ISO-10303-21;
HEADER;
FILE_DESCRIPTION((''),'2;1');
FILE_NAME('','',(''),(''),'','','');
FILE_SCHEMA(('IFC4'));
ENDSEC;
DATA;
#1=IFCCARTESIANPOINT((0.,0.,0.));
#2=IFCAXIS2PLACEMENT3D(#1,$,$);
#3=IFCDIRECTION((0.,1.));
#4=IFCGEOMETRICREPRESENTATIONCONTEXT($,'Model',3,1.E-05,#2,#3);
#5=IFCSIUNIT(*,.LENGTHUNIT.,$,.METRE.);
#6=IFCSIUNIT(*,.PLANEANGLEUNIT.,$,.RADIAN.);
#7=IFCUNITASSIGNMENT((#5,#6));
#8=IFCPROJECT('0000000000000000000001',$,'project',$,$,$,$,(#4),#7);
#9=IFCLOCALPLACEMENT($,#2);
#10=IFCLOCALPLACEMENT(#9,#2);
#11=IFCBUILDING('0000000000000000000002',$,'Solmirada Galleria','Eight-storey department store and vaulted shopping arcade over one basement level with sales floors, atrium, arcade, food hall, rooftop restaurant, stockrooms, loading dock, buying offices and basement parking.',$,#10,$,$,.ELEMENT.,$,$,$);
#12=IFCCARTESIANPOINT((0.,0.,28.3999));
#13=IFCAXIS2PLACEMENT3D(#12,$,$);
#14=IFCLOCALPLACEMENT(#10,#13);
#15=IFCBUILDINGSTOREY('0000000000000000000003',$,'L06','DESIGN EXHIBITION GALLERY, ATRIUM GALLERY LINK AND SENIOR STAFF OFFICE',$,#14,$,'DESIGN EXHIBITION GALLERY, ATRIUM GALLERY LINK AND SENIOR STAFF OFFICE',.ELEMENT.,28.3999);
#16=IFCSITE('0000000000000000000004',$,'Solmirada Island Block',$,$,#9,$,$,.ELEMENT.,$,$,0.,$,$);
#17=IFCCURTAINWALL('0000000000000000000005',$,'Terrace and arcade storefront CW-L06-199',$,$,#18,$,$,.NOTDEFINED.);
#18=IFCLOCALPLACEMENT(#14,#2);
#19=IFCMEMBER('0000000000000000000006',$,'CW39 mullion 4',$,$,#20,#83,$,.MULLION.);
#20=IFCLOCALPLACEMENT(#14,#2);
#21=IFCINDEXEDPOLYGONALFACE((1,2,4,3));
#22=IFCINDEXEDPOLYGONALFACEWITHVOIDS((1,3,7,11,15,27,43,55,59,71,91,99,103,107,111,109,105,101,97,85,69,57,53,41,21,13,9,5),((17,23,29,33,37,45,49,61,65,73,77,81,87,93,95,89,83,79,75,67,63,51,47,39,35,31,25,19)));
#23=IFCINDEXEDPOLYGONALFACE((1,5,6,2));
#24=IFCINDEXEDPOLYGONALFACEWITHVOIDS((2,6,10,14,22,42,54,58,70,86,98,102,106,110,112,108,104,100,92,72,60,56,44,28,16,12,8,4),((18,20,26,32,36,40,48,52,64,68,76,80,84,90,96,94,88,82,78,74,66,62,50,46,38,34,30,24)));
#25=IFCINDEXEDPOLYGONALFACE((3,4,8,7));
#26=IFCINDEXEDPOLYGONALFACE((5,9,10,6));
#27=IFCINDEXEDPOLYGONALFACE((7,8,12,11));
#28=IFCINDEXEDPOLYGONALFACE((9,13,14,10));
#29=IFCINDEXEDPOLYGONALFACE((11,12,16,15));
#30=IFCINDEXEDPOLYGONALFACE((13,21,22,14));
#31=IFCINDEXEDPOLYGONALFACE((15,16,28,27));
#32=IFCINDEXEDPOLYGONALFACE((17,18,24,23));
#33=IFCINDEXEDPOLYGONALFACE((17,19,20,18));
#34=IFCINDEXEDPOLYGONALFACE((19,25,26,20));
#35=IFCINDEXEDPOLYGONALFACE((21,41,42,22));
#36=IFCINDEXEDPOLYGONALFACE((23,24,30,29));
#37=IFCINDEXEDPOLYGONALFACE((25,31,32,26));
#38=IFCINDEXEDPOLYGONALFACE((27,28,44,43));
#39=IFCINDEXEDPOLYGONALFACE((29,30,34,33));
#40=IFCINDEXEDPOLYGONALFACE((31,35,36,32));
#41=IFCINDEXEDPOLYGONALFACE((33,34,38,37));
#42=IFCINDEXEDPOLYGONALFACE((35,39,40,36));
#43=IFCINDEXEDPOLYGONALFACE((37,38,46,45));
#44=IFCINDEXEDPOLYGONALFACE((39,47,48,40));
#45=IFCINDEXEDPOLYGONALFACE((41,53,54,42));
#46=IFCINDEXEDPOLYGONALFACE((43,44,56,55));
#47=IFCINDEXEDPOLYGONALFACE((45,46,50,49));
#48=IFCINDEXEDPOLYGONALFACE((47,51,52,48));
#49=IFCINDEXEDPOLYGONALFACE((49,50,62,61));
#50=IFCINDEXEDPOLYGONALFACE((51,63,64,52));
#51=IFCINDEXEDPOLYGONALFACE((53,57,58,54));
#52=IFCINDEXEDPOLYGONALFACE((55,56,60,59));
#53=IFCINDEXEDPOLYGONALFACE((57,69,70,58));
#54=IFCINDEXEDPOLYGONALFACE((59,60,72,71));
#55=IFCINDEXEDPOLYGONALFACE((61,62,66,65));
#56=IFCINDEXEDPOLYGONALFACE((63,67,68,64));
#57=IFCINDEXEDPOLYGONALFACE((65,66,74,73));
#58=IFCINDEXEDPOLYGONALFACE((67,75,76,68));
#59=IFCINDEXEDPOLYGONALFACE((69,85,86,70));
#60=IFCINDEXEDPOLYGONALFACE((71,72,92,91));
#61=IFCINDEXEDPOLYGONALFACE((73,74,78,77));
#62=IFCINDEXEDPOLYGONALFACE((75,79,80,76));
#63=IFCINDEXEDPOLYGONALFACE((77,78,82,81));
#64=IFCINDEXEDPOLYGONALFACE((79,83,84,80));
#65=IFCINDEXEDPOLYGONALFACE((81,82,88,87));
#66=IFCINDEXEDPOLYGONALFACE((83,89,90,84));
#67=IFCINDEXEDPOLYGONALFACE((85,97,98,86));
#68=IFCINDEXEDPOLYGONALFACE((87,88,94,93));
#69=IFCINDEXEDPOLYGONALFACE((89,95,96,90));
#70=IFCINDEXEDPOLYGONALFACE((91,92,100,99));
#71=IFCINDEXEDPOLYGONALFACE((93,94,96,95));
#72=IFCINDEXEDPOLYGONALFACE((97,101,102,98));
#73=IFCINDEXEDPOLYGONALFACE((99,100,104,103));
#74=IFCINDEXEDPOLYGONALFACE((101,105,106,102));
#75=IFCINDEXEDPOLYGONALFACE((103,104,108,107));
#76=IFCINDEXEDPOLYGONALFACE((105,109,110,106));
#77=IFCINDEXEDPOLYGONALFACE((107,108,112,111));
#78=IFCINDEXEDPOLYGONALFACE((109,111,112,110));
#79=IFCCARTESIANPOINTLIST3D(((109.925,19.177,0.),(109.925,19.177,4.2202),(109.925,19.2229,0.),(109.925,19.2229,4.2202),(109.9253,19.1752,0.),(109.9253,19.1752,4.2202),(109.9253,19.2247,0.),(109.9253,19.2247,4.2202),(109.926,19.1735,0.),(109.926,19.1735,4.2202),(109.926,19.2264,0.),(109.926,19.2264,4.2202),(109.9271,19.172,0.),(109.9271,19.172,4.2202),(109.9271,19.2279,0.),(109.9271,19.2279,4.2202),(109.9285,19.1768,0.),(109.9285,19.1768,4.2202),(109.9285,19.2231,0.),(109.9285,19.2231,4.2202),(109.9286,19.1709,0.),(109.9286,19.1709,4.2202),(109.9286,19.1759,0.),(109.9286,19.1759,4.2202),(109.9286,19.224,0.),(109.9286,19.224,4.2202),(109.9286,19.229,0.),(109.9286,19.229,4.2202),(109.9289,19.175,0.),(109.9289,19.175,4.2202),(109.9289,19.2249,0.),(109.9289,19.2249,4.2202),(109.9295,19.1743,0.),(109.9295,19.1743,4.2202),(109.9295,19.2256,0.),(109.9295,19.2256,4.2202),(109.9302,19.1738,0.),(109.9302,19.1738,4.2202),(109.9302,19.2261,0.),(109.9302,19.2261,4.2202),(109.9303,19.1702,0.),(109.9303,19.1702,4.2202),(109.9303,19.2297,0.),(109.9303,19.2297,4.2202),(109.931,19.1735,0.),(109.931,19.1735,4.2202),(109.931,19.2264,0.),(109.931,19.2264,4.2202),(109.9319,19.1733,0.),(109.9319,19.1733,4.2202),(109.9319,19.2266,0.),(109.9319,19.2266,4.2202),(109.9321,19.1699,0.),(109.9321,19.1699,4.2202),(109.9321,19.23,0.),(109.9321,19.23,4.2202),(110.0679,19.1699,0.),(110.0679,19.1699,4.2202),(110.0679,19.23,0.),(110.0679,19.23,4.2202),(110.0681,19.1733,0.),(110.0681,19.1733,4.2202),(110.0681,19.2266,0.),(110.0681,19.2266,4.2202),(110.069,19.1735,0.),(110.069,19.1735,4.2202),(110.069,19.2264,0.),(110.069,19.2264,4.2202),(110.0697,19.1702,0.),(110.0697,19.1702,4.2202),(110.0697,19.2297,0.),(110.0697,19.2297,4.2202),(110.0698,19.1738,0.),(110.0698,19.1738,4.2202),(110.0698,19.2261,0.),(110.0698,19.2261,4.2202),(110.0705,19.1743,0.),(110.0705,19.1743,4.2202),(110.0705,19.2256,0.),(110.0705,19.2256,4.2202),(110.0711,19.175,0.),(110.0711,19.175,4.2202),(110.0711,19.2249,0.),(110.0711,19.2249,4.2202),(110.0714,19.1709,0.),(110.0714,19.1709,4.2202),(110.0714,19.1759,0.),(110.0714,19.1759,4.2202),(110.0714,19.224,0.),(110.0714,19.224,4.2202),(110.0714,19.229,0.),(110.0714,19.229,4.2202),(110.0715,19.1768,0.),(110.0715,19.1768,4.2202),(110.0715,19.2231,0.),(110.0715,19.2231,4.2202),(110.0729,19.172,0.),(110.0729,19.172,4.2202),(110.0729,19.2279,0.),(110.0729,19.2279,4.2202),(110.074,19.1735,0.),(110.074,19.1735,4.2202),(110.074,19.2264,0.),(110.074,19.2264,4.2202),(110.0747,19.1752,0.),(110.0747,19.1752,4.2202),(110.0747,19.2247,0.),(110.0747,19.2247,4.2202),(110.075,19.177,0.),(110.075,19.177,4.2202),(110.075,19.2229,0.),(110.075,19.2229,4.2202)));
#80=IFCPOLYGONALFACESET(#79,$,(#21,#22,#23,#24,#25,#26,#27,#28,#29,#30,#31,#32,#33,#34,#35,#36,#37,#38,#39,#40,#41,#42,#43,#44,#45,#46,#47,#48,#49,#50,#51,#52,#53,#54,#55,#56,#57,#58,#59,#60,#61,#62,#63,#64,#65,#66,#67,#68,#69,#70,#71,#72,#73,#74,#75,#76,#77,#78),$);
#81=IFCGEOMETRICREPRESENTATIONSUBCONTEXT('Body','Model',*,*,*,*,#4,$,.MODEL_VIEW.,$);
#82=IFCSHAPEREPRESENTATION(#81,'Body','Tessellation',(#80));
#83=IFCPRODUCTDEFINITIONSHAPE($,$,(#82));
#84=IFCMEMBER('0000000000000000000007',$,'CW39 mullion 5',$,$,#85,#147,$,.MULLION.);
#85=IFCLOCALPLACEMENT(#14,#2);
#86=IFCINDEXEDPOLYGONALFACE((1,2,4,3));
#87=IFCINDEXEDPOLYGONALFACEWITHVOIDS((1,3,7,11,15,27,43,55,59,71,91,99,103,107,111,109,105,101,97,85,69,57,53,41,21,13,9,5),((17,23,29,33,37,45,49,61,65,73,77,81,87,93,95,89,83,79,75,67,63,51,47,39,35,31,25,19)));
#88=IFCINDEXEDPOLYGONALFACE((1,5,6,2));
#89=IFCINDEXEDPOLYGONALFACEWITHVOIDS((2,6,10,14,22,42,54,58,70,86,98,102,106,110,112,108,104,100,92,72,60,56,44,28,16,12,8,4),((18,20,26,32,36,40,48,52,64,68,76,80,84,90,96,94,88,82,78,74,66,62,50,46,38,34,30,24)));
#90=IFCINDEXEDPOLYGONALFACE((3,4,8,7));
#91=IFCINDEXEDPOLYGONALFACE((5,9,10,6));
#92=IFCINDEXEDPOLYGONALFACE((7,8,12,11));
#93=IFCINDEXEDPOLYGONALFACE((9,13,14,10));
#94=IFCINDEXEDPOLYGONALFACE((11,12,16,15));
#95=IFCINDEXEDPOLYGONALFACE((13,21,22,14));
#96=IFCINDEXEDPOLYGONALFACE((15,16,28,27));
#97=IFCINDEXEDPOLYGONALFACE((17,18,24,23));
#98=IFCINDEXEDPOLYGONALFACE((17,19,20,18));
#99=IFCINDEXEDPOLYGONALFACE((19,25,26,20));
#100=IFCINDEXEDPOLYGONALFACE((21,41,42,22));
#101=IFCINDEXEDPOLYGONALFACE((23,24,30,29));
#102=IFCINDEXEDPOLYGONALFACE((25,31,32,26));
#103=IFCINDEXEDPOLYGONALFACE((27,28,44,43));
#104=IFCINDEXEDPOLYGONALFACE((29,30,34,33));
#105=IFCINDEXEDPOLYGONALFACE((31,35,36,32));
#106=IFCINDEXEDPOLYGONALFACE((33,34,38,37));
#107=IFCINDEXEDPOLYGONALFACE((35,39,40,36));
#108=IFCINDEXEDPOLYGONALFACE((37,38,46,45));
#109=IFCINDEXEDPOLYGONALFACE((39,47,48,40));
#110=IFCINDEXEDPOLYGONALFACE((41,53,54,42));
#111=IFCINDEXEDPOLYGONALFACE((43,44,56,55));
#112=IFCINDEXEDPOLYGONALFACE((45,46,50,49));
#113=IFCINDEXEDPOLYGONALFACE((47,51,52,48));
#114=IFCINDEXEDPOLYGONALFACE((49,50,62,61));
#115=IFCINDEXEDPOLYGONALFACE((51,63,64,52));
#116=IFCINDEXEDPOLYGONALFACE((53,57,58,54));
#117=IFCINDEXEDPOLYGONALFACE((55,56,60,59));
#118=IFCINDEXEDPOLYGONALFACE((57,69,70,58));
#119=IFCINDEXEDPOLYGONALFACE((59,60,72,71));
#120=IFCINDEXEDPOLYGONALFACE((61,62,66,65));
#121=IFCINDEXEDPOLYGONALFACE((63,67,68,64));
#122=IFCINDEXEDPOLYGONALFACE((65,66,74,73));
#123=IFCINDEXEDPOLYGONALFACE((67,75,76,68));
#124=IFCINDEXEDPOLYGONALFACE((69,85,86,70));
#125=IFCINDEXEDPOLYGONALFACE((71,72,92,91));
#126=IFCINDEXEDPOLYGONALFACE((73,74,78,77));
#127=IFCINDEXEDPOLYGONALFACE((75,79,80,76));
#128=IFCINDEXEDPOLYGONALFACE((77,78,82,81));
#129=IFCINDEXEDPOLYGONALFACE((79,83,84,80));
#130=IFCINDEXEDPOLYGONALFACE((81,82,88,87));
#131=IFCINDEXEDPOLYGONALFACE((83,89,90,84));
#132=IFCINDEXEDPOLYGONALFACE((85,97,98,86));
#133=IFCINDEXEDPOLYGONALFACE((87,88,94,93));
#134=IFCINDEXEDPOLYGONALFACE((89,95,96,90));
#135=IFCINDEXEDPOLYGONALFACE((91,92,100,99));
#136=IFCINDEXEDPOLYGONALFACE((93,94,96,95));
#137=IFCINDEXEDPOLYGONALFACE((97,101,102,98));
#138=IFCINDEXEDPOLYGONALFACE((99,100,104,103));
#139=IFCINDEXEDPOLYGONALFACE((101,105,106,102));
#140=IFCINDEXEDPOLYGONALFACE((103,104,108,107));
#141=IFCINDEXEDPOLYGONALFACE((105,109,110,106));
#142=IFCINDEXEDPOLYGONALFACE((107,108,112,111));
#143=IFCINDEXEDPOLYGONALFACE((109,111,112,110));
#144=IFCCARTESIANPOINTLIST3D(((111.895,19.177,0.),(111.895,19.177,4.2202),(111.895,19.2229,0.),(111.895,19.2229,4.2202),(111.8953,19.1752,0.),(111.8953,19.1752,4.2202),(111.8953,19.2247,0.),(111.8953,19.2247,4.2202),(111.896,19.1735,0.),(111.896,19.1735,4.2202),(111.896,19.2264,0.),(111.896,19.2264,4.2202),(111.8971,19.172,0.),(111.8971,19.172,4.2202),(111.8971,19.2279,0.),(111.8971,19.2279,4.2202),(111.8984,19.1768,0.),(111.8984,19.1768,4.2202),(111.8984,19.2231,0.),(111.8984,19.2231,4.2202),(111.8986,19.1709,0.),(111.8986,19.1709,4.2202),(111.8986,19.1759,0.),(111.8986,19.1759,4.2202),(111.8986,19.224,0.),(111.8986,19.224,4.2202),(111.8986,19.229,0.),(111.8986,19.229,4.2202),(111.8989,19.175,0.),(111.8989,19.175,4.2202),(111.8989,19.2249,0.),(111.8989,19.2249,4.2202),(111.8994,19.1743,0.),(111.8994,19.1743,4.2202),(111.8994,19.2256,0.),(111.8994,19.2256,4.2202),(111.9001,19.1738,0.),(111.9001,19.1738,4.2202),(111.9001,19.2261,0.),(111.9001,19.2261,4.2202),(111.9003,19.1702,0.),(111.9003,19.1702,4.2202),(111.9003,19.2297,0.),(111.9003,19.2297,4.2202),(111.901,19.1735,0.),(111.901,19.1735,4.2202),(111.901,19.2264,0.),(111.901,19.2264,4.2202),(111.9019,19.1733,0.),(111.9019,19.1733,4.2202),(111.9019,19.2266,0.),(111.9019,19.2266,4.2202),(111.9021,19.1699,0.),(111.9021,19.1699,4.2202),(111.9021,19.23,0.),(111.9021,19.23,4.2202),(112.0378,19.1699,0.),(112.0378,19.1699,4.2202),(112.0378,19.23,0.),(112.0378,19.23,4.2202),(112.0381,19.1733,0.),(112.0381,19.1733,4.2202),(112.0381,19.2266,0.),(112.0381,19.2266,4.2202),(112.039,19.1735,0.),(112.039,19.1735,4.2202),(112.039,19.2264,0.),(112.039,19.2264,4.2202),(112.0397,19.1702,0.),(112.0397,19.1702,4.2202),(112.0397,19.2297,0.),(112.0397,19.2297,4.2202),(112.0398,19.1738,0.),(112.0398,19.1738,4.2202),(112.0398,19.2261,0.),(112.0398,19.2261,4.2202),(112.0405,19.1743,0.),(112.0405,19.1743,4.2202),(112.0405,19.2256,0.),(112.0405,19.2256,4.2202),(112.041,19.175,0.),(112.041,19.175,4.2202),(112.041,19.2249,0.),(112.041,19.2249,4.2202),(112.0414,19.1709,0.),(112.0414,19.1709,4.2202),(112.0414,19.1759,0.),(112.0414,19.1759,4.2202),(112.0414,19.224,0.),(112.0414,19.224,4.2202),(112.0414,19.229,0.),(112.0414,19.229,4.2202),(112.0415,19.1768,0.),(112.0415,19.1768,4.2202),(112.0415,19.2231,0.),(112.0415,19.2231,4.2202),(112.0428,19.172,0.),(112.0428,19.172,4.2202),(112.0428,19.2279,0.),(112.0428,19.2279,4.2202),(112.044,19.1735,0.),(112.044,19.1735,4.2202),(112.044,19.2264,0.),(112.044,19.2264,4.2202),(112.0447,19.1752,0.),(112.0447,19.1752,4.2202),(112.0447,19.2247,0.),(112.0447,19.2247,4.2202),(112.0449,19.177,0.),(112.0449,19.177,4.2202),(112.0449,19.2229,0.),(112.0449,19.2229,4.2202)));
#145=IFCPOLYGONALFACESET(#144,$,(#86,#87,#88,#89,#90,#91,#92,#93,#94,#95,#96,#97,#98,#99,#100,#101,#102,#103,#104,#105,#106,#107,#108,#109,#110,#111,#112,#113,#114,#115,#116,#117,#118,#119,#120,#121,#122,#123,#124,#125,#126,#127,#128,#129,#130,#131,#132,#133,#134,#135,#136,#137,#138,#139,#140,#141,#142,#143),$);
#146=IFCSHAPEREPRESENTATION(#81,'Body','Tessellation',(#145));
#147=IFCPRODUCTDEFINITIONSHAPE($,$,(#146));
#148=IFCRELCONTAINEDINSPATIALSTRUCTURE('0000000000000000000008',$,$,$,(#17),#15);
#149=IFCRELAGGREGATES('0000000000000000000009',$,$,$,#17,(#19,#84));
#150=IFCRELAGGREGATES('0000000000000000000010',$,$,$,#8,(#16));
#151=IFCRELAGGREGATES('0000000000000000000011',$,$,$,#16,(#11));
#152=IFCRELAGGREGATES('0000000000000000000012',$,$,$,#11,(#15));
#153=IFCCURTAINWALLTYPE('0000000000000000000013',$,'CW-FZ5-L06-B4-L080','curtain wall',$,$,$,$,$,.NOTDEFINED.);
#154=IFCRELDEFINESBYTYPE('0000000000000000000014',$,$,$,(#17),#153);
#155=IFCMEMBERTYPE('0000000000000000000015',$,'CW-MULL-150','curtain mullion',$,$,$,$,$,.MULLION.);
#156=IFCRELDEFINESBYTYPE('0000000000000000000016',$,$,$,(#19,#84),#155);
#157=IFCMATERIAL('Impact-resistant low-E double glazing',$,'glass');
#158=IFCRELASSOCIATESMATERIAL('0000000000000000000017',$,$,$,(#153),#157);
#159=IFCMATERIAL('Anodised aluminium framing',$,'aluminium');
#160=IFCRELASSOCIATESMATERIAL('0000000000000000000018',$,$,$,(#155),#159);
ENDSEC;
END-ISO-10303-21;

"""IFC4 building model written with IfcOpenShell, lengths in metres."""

from ifc_helpers import new_model, si_unit, direction, frame, origin, origin_2d, place, context, subcontext, project, spatial, hollow_rectangle, extrude, material, material_profile, profile_set, type_object, element, aggregate, save


model = new_model("IFC4")

# Units and contexts
model_context = context("Model", 3, precision=1e-05, world=origin(), true_north=direction((0.0, 1.0)))
body_context = subcontext(model_context, "Body", "Model", "MODEL_VIEW")
ifc_project = project(units=[si_unit("LENGTHUNIT", "METRE"), si_unit("PLANEANGLEUNIT", "RADIAN")], contexts=[model_context])

# Site, building, storey
site_placement = place(None, origin())
site = spatial("IfcSite", under=ifc_project, at=site_placement, Name="Solmirada Island Block", CompositionType="ELEMENT", RefElevation=0.0)
building_placement = place(site_placement, origin())
building = spatial("IfcBuilding", under=site, at=building_placement, Name="Solmirada Galleria", Description="Eight-storey department store and vaulted shopping arcade over one basement level with sales floors, atrium, arcade, food hall, rooftop restaurant, stockrooms, loading dock, buying offices and basement parking.", CompositionType="ELEMENT")
storey_placement = place(building_placement, frame((0.0, 0.0, 28.3999)))
storey = spatial("IfcBuildingStorey", under=building, at=storey_placement, Name="L06", Description="DESIGN EXHIBITION GALLERY, ATRIUM GALLERY LINK AND SENIOR STAFF OFFICE", LongName="DESIGN EXHIBITION GALLERY, ATRIUM GALLERY LINK AND SENIOR STAFF OFFICE", CompositionType="ELEMENT", Elevation=28.3999)

# Curtain wall, members
ifc_material_1 = material(Name="Impact-resistant low-E double glazing", Category="glass")
curtain_wall_type = type_object("IfcCurtainWallType", Name="CW-FZ5-L06-B4-L080", Description="curtain wall", PredefinedType="NOTDEFINED", material=ifc_material_1)
curtain_wall_placement = place(storey_placement, origin())
curtain_wall = element("IfcCurtainWall", 1, at=curtain_wall_placement, inside=storey, type_object=curtain_wall_type, Name="Terrace and arcade storefront CW-L06-199", PredefinedType="NOTDEFINED")
ifc_material_2 = material(Name="Anodised aluminium framing", Category="aluminium")
ifc_material_profile_1 = material_profile(ifc_material_2, hollow_rectangle(XDim=0.0601, YDim=0.1499, WallThickness=0.0034, InnerFilletRadius=0.0034, OuterFilletRadius=0.0071, at=origin_2d()), Name="ALU-MULL-150X60")
ifc_profile_set_1 = profile_set([ifc_material_profile_1], Name="Anodised aluminium framing")
member_type_1 = type_object("IfcMemberType", Name="CW-MULL-150", Description="curtain mullion", PredefinedType="MULLION", material=ifc_profile_set_1)
member_1_placement = place(storey_placement, frame((110.0, 19.2, 0.0), z_axis=(0.0, 0.0, 1.0), x_axis=(0.0, 1.0, 0.0)))
member_1 = element("IfcMember", 2, at=member_1_placement, type_object=member_type_1, Name="CW39 mullion 4", PredefinedType="MULLION", context=body_context, shape_type="SweptSolid", body=[
    extrude(hollow_rectangle(XDim=0.0601, YDim=0.1499, WallThickness=0.0034, InnerFilletRadius=0.0034, OuterFilletRadius=0.0071, at=origin_2d()), origin(), (0.0, 0.0, 1.0), 4.2202),
])
member_2_placement = place(storey_placement, frame((111.97, 19.2, 0.0), z_axis=(0.0, 0.0, 1.0), x_axis=(0.0, 1.0, 0.0)))
member_2 = element("IfcMember", 3, at=member_2_placement, type_object=member_type_1, Name="CW39 mullion 5", PredefinedType="MULLION", context=body_context, shape_type="SweptSolid", body=[
    extrude(hollow_rectangle(XDim=0.0601, YDim=0.1499, WallThickness=0.0034, InnerFilletRadius=0.0034, OuterFilletRadius=0.0071, at=origin_2d()), origin(), (0.0, 0.0, 1.0), 4.2202),
])

aggregate(curtain_wall, [member_1, member_2])

save(model, "model.ifc")
